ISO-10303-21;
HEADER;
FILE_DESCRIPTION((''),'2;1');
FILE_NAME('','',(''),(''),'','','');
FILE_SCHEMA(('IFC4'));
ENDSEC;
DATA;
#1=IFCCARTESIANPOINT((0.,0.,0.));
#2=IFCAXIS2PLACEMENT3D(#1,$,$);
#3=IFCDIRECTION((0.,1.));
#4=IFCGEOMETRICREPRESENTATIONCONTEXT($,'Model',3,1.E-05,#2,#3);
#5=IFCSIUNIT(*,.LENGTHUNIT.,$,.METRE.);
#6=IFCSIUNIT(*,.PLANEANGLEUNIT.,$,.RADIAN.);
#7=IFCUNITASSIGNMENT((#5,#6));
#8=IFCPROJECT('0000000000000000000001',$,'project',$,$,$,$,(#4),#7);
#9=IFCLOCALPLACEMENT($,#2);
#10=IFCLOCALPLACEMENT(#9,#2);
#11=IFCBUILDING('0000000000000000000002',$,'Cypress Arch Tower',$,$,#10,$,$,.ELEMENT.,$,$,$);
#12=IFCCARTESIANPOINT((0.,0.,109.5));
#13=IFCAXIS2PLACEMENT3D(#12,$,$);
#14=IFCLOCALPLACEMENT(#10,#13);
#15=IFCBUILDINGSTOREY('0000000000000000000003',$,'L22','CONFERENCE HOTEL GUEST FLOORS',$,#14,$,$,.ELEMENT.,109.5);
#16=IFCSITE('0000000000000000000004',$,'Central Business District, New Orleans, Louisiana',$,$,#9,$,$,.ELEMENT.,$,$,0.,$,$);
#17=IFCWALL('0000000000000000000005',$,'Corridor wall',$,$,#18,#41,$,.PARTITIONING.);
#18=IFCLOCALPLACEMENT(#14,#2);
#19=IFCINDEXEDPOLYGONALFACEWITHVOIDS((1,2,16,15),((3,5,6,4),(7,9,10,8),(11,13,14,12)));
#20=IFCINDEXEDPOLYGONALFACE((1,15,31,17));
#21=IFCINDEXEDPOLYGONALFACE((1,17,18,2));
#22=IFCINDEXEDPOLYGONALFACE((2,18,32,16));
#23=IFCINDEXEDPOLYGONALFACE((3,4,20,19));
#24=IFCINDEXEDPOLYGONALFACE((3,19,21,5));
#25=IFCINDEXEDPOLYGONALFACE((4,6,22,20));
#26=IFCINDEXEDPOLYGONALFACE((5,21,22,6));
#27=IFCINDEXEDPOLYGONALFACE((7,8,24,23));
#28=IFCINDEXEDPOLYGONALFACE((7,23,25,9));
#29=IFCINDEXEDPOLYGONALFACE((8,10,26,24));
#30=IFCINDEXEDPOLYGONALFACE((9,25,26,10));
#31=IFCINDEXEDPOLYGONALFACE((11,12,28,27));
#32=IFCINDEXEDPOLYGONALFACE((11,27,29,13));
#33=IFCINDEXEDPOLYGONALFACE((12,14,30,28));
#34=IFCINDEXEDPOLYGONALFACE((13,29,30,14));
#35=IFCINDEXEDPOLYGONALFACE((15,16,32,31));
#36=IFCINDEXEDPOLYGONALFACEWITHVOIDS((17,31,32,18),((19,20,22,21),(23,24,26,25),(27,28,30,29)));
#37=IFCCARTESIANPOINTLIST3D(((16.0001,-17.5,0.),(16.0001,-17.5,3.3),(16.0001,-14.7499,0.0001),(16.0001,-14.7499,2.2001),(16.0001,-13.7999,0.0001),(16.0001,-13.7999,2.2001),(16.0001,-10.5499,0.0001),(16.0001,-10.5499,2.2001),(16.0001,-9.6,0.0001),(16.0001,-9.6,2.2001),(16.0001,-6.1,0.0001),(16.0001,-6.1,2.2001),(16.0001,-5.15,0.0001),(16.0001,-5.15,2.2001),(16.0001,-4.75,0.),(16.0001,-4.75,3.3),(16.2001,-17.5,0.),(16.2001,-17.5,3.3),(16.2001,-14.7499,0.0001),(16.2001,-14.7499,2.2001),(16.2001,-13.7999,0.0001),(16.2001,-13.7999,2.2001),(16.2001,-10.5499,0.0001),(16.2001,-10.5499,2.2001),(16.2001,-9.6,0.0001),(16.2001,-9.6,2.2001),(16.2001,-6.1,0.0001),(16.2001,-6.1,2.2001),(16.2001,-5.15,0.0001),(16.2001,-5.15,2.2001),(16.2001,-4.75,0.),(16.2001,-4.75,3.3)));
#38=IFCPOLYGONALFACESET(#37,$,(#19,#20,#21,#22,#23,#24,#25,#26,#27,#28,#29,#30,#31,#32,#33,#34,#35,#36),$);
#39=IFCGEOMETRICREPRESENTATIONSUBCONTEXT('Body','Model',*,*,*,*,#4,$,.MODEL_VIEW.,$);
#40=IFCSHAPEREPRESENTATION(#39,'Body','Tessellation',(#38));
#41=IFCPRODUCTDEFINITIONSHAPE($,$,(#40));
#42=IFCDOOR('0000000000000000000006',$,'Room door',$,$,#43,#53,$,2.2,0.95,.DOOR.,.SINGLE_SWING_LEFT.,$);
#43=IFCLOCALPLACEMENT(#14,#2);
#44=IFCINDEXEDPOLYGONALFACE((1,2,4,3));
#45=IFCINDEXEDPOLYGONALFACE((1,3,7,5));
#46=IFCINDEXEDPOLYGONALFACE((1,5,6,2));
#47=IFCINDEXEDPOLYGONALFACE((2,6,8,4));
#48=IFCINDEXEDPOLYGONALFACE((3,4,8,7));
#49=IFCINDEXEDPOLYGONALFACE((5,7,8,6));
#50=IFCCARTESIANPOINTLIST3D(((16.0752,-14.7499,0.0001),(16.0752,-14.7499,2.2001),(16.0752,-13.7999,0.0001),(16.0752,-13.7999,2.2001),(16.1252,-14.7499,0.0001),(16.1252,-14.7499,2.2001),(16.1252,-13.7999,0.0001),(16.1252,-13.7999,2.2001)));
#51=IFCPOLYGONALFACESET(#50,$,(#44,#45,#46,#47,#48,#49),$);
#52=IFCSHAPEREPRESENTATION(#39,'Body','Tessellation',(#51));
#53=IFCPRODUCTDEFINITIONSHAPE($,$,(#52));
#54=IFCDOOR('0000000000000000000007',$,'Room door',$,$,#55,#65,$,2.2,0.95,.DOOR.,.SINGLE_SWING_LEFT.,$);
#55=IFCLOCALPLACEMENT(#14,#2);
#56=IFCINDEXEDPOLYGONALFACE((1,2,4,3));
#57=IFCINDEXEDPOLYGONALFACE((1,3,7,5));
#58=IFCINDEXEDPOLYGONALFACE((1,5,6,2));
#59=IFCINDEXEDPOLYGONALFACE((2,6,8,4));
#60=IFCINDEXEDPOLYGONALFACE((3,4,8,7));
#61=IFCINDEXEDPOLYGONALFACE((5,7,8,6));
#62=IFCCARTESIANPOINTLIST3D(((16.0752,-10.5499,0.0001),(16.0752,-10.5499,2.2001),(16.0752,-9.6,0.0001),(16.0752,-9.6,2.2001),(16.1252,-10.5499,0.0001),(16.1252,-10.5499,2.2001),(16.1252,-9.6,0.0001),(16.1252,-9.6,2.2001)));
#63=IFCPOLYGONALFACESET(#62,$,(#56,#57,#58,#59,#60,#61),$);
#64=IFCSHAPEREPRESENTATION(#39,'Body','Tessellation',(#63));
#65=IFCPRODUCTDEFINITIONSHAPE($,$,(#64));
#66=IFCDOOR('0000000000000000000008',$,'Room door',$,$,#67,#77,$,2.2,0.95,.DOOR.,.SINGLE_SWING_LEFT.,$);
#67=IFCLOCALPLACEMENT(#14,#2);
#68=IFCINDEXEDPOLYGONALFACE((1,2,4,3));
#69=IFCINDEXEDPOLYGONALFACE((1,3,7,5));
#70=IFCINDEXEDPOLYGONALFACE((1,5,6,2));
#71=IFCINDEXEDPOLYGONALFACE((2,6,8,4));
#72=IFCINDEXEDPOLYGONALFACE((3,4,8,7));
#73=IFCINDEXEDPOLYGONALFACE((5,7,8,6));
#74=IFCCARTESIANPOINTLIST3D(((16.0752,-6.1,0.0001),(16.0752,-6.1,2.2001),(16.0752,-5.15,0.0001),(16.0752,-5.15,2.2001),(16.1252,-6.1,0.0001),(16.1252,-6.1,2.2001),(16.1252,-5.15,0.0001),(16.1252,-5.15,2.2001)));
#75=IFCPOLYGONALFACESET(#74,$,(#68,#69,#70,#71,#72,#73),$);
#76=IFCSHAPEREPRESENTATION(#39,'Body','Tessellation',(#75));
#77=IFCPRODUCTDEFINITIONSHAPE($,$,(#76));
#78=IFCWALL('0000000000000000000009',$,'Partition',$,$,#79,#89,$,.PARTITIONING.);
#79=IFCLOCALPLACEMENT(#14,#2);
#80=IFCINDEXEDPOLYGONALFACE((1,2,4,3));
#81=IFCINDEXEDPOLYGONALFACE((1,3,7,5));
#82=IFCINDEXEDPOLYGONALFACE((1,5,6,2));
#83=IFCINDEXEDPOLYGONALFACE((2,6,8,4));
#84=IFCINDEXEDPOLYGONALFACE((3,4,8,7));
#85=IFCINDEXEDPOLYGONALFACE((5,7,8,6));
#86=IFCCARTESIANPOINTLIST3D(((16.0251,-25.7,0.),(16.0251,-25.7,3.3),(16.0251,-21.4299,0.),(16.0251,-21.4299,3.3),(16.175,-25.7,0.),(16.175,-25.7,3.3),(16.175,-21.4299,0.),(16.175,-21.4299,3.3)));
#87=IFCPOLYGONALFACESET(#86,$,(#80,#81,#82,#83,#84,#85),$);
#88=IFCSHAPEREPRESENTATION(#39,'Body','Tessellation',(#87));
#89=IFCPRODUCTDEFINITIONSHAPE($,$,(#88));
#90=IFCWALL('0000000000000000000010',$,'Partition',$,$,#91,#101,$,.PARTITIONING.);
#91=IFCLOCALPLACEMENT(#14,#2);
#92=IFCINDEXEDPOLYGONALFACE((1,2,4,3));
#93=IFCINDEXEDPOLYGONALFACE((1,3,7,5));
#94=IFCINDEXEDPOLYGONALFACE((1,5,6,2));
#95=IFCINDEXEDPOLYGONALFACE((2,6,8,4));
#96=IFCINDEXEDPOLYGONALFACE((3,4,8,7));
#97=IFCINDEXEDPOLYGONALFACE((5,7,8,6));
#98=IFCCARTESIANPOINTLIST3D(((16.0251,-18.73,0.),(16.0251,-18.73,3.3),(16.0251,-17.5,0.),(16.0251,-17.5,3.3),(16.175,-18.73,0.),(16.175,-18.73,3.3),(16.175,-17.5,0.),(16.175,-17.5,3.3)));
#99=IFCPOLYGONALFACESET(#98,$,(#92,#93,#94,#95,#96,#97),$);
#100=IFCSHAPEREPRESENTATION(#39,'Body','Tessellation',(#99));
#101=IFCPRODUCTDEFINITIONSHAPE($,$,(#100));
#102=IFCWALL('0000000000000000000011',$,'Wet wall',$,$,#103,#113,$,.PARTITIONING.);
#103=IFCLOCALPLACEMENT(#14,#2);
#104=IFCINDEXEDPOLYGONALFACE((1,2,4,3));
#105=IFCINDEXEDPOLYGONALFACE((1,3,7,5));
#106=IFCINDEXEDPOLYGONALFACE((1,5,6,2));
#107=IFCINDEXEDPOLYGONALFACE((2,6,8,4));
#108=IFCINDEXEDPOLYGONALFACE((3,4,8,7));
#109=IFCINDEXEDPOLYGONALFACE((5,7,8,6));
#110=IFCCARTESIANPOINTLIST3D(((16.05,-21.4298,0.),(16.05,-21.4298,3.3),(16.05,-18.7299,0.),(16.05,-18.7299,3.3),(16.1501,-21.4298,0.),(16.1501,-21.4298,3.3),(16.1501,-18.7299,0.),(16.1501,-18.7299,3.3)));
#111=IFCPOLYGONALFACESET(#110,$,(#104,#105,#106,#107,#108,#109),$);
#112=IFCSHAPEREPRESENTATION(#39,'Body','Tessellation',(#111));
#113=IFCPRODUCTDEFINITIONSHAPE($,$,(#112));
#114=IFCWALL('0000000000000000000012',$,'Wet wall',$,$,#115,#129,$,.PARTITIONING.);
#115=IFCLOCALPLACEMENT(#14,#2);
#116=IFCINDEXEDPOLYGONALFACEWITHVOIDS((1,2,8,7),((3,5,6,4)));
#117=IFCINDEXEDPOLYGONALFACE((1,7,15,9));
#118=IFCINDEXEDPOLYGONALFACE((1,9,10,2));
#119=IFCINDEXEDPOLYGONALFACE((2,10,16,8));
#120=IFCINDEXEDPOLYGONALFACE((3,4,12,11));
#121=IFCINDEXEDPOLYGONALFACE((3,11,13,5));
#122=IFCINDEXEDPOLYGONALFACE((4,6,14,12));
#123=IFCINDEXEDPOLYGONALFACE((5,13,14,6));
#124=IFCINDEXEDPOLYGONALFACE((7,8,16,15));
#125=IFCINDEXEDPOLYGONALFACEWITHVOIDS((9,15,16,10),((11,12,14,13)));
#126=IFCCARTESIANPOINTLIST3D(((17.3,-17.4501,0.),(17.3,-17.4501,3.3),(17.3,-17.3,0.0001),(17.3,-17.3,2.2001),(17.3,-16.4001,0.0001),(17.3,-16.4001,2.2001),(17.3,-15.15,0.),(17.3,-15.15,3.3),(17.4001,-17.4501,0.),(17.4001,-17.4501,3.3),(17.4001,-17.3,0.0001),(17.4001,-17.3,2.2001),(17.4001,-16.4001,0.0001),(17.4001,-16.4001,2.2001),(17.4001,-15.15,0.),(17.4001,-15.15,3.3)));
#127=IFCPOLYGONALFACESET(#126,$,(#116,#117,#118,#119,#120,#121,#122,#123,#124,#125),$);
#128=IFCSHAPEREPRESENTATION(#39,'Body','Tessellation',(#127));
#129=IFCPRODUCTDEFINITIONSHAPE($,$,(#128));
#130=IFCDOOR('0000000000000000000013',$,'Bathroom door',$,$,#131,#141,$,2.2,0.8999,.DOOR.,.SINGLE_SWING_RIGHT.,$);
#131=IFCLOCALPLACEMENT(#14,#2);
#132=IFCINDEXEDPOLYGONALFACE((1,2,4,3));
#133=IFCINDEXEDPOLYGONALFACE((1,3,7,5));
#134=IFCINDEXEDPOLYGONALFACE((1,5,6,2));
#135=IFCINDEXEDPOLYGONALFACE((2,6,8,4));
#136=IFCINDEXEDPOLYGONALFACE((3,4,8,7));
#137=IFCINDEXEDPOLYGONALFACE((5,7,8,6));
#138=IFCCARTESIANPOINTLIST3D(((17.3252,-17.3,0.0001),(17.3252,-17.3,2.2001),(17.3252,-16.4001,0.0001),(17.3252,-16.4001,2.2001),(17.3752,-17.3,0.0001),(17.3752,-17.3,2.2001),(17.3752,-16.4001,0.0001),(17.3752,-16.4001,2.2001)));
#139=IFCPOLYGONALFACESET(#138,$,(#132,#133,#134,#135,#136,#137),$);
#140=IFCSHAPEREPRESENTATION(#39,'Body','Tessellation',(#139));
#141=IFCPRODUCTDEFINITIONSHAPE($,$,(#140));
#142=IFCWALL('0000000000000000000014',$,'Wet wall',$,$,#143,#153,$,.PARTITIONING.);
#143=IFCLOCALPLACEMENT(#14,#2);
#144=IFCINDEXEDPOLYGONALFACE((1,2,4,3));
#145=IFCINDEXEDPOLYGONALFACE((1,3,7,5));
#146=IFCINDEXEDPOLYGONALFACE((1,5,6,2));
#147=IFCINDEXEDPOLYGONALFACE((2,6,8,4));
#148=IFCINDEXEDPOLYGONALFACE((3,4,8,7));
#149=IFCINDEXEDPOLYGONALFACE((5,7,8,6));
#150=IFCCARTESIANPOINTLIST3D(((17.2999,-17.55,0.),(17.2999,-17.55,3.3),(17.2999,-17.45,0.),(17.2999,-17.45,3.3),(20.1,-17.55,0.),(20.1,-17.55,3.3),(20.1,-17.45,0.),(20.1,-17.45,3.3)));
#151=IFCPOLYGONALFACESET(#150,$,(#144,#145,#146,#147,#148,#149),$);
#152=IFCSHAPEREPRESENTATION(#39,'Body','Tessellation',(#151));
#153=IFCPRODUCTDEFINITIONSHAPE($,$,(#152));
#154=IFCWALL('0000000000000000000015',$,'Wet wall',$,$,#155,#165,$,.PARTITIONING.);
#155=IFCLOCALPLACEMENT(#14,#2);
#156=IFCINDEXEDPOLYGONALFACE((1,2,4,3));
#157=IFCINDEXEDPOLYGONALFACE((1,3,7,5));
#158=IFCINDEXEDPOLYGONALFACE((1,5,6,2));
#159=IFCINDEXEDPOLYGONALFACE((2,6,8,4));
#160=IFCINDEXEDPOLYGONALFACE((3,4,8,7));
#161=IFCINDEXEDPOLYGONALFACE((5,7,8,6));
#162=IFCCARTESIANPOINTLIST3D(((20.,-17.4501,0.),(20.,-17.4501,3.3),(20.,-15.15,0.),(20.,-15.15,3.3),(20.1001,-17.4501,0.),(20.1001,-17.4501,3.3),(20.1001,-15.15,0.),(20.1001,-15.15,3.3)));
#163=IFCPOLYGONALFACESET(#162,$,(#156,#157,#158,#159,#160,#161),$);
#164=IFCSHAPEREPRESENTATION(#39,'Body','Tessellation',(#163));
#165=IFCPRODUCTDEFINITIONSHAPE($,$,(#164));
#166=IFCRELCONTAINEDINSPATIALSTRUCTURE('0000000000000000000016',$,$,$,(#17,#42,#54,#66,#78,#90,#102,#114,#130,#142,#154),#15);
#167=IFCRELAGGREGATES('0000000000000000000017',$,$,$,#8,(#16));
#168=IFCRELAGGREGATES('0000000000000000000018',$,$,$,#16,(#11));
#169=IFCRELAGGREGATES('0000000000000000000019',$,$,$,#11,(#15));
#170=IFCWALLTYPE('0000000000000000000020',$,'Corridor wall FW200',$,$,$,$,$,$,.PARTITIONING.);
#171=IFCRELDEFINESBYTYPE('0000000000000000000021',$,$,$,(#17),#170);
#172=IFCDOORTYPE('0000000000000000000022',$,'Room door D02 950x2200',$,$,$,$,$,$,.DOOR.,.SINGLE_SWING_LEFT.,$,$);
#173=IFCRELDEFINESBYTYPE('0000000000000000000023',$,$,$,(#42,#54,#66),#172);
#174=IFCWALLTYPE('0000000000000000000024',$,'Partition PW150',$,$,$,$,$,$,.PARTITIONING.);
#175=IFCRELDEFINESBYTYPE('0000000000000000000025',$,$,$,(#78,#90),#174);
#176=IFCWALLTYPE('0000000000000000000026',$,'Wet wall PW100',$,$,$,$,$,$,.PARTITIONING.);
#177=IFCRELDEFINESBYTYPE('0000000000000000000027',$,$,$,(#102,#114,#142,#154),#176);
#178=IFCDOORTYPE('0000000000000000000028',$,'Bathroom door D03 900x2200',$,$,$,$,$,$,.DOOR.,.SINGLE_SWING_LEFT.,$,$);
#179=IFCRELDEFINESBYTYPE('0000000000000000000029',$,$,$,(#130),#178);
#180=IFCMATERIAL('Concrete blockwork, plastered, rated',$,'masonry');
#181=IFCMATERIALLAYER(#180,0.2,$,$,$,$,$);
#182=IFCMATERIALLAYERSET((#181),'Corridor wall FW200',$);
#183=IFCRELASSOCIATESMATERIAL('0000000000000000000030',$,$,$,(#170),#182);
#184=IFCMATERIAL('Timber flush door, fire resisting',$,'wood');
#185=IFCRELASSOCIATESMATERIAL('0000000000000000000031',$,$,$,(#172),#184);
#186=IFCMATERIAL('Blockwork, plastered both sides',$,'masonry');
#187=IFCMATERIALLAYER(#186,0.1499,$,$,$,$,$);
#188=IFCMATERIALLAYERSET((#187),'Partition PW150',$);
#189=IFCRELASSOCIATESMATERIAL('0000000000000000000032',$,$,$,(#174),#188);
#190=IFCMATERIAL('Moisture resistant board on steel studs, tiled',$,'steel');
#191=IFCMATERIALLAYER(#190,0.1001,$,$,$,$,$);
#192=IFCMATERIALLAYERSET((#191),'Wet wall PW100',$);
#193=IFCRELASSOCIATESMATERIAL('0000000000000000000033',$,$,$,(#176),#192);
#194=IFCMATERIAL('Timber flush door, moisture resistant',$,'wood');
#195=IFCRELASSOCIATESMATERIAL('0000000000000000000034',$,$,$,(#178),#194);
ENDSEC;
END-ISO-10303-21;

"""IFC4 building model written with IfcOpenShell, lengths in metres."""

from ifc_helpers import new_model, si_unit, direction, frame, frame_2d, origin, place, context, subcontext, project, spatial, rectangle, extrude, material, layer, layer_set, type_object, element, fill, save


model = new_model("IFC4")

# Units and contexts
model_context = context("Model", 3, precision=1e-05, world=origin(), true_north=direction((0.0, 1.0)))
body_context = subcontext(model_context, "Body", "Model", "MODEL_VIEW")
ifc_project = project(units=[si_unit("LENGTHUNIT", "METRE"), si_unit("PLANEANGLEUNIT", "RADIAN")], contexts=[model_context])

# Site, building, storey
site_placement = place(None, origin())
site = spatial("IfcSite", under=ifc_project, at=site_placement, Name="Central Business District, New Orleans, Louisiana", CompositionType="ELEMENT", RefElevation=0.0)
building_placement = place(site_placement, origin())
building = spatial("IfcBuilding", under=site, at=building_placement, Name="Cypress Arch Tower", CompositionType="ELEMENT")
storey_placement = place(building_placement, frame((0.0, 0.0, 109.5)))
storey = spatial("IfcBuildingStorey", under=building, at=storey_placement, Name="L22", Description="CONFERENCE HOTEL GUEST FLOORS", CompositionType="ELEMENT", Elevation=109.5)

# Shared definitions
ifc_material_1 = material(Name="Concrete blockwork, plastered, rated", Category="masonry")
ifc_layer_1 = layer(ifc_material_1, 0.2)
ifc_layer_set_1 = layer_set([ifc_layer_1], Name="Corridor wall FW200")
wall_type_1 = type_object("IfcWallType", Name="Corridor wall FW200", PredefinedType="PARTITIONING", material=ifc_layer_set_1)

# Wall, openings, doors
wall_1_placement = place(storey_placement, frame((16.1001, -17.5, 0.0), z_axis=(0.0, 0.0, 1.0), x_axis=(0.0, 1.0, 0.0)))
wall_1 = element("IfcWall", 1, at=wall_1_placement, inside=storey, type_object=wall_type_1, Name="Corridor wall", PredefinedType="PARTITIONING", context=body_context, shape_type="SweptSolid", body=[
    extrude(rectangle(XDim=12.75, YDim=0.2, at=frame_2d((6.375, 0.0))), origin(), (0.0, 0.0, 1.0), 3.3),
])
opening_1_placement = place(wall_1_placement, frame((2.75, 0.0, 0.0)))
opening_1 = element("IfcOpeningElement", 2, at=opening_1_placement, cuts=wall_1, PredefinedType="OPENING", context=body_context, shape_type="SweptSolid", body=[
    extrude(rectangle(XDim=0.95, YDim=2.2, at=frame_2d((0.4751, 1.1001))), frame((0.0, 0.1099, 0.0), z_axis=(0.0, -1.0, 0.0), x_axis=(1.0, 0.0, 0.0)), (0.0, 0.0, 1.0), 0.22),
])
opening_2_placement = place(wall_1_placement, frame((6.95, 0.0, 0.0)))
opening_2 = element("IfcOpeningElement", 3, at=opening_2_placement, cuts=wall_1, PredefinedType="OPENING", context=body_context, shape_type="SweptSolid", body=[
    extrude(rectangle(XDim=0.95, YDim=2.2, at=frame_2d((0.4751, 1.1001))), frame((0.0, 0.1099, 0.0), z_axis=(0.0, -1.0, 0.0), x_axis=(1.0, 0.0, 0.0)), (0.0, 0.0, 1.0), 0.22),
])
opening_3_placement = place(wall_1_placement, frame((11.3999, 0.0, 0.0)))
opening_3 = element("IfcOpeningElement", 4, at=opening_3_placement, cuts=wall_1, PredefinedType="OPENING", context=body_context, shape_type="SweptSolid", body=[
    extrude(rectangle(XDim=0.95, YDim=2.2, at=frame_2d((0.4751, 1.1001))), frame((0.0, 0.1099, 0.0), z_axis=(0.0, -1.0, 0.0), x_axis=(1.0, 0.0, 0.0)), (0.0, 0.0, 1.0), 0.22),
])
ifc_material_2 = material(Name="Timber flush door, fire resisting", Category="wood")
door_type_1 = type_object("IfcDoorType", Name="Room door D02 950x2200", OperationType="SINGLE_SWING_LEFT", PredefinedType="DOOR", material=ifc_material_2)
door_1_placement = place(opening_1_placement, origin())
door_1 = element("IfcDoor", 5, at=door_1_placement, inside=storey, type_object=door_type_1, Name="Room door", OperationType="SINGLE_SWING_LEFT", OverallHeight=2.2, OverallWidth=0.95, PredefinedType="DOOR", context=body_context, shape_type="SweptSolid", body=[
    extrude(rectangle(XDim=0.95, YDim=2.2, at=frame_2d((0.4751, 1.1001))), frame((0.0, 0.0249, 0.0), z_axis=(0.0, -1.0, 0.0), x_axis=(1.0, 0.0, 0.0)), (0.0, 0.0, 1.0), 0.05),
])
fill(opening_1, door_1)
door_2_placement = place(opening_2_placement, origin())
door_2 = element("IfcDoor", 6, at=door_2_placement, inside=storey, type_object=door_type_1, Name="Room door", OperationType="SINGLE_SWING_LEFT", OverallHeight=2.2, OverallWidth=0.95, PredefinedType="DOOR", context=body_context, shape_type="SweptSolid", body=[
    extrude(rectangle(XDim=0.95, YDim=2.2, at=frame_2d((0.4751, 1.1001))), frame((0.0, 0.0249, 0.0), z_axis=(0.0, -1.0, 0.0), x_axis=(1.0, 0.0, 0.0)), (0.0, 0.0, 1.0), 0.05),
])
fill(opening_2, door_2)
door_3_placement = place(opening_3_placement, origin())
door_3 = element("IfcDoor", 7, at=door_3_placement, inside=storey, type_object=door_type_1, Name="Room door", OperationType="SINGLE_SWING_LEFT", OverallHeight=2.2, OverallWidth=0.95, PredefinedType="DOOR", context=body_context, shape_type="SweptSolid", body=[
    extrude(rectangle(XDim=0.95, YDim=2.2, at=frame_2d((0.4751, 1.1001))), frame((0.0, 0.0249, 0.0), z_axis=(0.0, -1.0, 0.0), x_axis=(1.0, 0.0, 0.0)), (0.0, 0.0, 1.0), 0.05),
])
fill(opening_3, door_3)

# Walls
ifc_material_3 = material(Name="Blockwork, plastered both sides", Category="masonry")
ifc_layer_2 = layer(ifc_material_3, 0.1499)
ifc_layer_set_2 = layer_set([ifc_layer_2], Name="Partition PW150")
wall_type_2 = type_object("IfcWallType", Name="Partition PW150", PredefinedType="PARTITIONING", material=ifc_layer_set_2)
wall_2_placement = place(storey_placement, frame((16.1001, -25.7, 0.0), z_axis=(0.0, 0.0, 1.0), x_axis=(0.0, 1.0, 0.0)))
element("IfcWall", 8, at=wall_2_placement, inside=storey, type_object=wall_type_2, Name="Partition", PredefinedType="PARTITIONING", context=body_context, shape_type="SweptSolid", body=[
    extrude(rectangle(XDim=4.27, YDim=0.1499, at=frame_2d((2.135, 0.0))), origin(), (0.0, 0.0, 1.0), 3.3),
])
wall_3_placement = place(storey_placement, frame((16.1001, -18.73, 0.0), z_axis=(0.0, 0.0, 1.0), x_axis=(0.0, 1.0, 0.0)))
element("IfcWall", 9, at=wall_3_placement, inside=storey, type_object=wall_type_2, Name="Partition", PredefinedType="PARTITIONING", context=body_context, shape_type="SweptSolid", body=[
    extrude(rectangle(XDim=1.23, YDim=0.1499, at=frame_2d((0.615, 0.0))), origin(), (0.0, 0.0, 1.0), 3.3),
])
ifc_material_4 = material(Name="Moisture resistant board on steel studs, tiled", Category="steel")
ifc_layer_3 = layer(ifc_material_4, 0.1001)
ifc_layer_set_3 = layer_set([ifc_layer_3], Name="Wet wall PW100")
wall_type_3 = type_object("IfcWallType", Name="Wet wall PW100", PredefinedType="PARTITIONING", material=ifc_layer_set_3)
wall_4_placement = place(storey_placement, frame((16.1001, -21.4299, 0.0), z_axis=(0.0, 0.0, 1.0), x_axis=(0.0, 1.0, 0.0)))
element("IfcWall", 10, at=wall_4_placement, inside=storey, type_object=wall_type_3, Name="Wet wall", PredefinedType="PARTITIONING", context=body_context, shape_type="SweptSolid", body=[
    extrude(rectangle(XDim=2.7, YDim=0.1001, at=frame_2d((1.3501, 0.0))), origin(), (0.0, 0.0, 1.0), 3.3),
])

# Wall, opening, door
wall_5_placement = place(storey_placement, frame((17.3501, -17.45, 0.0), z_axis=(0.0, 0.0, 1.0), x_axis=(0.0, 1.0, 0.0)))
wall_5 = element("IfcWall", 11, at=wall_5_placement, inside=storey, type_object=wall_type_3, Name="Wet wall", PredefinedType="PARTITIONING", context=body_context, shape_type="SweptSolid", body=[
    extrude(rectangle(XDim=2.3, YDim=0.1001, at=frame_2d((1.1499, 0.0))), origin(), (0.0, 0.0, 1.0), 3.3),
])
opening_4_placement = place(wall_5_placement, frame((0.1499, 0.0, 0.0)))
opening_4 = element("IfcOpeningElement", 12, at=opening_4_placement, cuts=wall_5, PredefinedType="OPENING", context=body_context, shape_type="SweptSolid", body=[
    extrude(rectangle(XDim=0.8999, YDim=2.2, at=frame_2d((0.45, 1.1001))), frame((0.0, 0.0601, 0.0), z_axis=(0.0, -1.0, 0.0), x_axis=(1.0, 0.0, 0.0)), (0.0, 0.0, 1.0), 0.1201),
])
ifc_material_5 = material(Name="Timber flush door, moisture resistant", Category="wood")
door_type_2 = type_object("IfcDoorType", Name="Bathroom door D03 900x2200", OperationType="SINGLE_SWING_LEFT", PredefinedType="DOOR", material=ifc_material_5)
door_4_placement = place(opening_4_placement, origin())
door_4 = element("IfcDoor", 13, at=door_4_placement, inside=storey, type_object=door_type_2, Name="Bathroom door", OperationType="SINGLE_SWING_RIGHT", OverallHeight=2.2, OverallWidth=0.8999, PredefinedType="DOOR", context=body_context, shape_type="SweptSolid", body=[
    extrude(rectangle(XDim=0.8999, YDim=2.2, at=frame_2d((0.45, 1.1001))), frame((0.0, 0.0249, 0.0), z_axis=(0.0, -1.0, 0.0), x_axis=(1.0, 0.0, 0.0)), (0.0, 0.0, 1.0), 0.05),
])
fill(opening_4, door_4)

# Walls
wall_6_placement = place(storey_placement, frame((17.3, -17.5, 0.0), z_axis=(0.0, 0.0, 1.0), x_axis=(1.0, 0.0, 0.0)))
element("IfcWall", 14, at=wall_6_placement, inside=storey, type_object=wall_type_3, Name="Wet wall", PredefinedType="PARTITIONING", context=body_context, shape_type="SweptSolid", body=[
    extrude(rectangle(XDim=2.8, YDim=0.1001, at=frame_2d((1.3999, 0.0))), origin(), (0.0, 0.0, 1.0), 3.3),
])
wall_7_placement = place(storey_placement, frame((20.05, -17.45, 0.0), z_axis=(0.0, 0.0, 1.0), x_axis=(0.0, 1.0, 0.0)))
element("IfcWall", 15, at=wall_7_placement, inside=storey, type_object=wall_type_3, Name="Wet wall", PredefinedType="PARTITIONING", context=body_context, shape_type="SweptSolid", body=[
    extrude(rectangle(XDim=2.3, YDim=0.1001, at=frame_2d((1.1499, 0.0))), origin(), (0.0, 0.0, 1.0), 3.3),
])

save(model, "model.ifc")
